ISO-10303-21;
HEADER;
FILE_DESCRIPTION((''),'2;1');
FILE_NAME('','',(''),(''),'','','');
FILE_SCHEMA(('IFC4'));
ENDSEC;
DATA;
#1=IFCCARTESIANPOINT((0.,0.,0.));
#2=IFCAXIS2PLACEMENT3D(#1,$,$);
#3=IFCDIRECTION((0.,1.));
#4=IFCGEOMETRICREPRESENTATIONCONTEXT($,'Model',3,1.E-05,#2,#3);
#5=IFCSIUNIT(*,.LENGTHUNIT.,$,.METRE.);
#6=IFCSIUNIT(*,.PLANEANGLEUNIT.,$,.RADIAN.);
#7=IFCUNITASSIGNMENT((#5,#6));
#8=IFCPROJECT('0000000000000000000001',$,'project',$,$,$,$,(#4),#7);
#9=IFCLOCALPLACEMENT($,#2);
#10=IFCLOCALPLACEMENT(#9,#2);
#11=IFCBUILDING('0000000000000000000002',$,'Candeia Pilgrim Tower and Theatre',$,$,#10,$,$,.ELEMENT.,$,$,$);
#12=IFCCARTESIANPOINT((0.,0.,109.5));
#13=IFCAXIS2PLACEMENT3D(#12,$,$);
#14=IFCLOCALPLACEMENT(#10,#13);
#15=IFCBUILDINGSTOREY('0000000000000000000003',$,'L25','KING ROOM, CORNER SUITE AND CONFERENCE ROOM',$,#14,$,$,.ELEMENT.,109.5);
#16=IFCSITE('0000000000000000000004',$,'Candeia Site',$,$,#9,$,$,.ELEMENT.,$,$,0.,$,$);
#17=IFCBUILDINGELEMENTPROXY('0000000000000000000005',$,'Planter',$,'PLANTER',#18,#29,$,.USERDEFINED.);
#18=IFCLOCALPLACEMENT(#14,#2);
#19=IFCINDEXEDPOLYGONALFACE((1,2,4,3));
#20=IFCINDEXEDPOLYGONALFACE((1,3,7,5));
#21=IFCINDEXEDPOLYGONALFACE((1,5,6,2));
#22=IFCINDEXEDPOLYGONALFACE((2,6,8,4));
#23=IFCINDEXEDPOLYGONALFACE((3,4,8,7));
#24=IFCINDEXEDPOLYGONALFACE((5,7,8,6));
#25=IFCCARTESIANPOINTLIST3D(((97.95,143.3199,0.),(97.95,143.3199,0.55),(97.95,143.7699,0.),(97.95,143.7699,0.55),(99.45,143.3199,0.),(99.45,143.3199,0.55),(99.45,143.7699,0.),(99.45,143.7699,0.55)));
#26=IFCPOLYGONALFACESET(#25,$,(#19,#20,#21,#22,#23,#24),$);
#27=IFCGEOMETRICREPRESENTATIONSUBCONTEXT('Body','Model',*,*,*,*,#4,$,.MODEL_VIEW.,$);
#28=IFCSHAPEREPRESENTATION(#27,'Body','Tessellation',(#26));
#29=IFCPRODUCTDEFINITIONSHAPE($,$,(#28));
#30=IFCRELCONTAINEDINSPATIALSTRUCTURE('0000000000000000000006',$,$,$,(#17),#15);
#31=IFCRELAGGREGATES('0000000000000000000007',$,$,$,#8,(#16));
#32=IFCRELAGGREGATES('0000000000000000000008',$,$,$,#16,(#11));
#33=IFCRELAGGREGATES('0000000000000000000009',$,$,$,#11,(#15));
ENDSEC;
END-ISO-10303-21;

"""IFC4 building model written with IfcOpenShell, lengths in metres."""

from ifc_helpers import new_model, si_unit, direction, frame, origin, origin_2d, place, context, subcontext, project, spatial, rectangle, extrude, element, save


model = new_model("IFC4")

# Units and contexts
model_context = context("Model", 3, precision=1e-05, world=origin(), true_north=direction((0.0, 1.0)))
body_context = subcontext(model_context, "Body", "Model", "MODEL_VIEW")
ifc_project = project(units=[si_unit("LENGTHUNIT", "METRE"), si_unit("PLANEANGLEUNIT", "RADIAN")], contexts=[model_context])

# Site, building, storey
site_placement = place(None, origin())
site = spatial("IfcSite", under=ifc_project, at=site_placement, Name="Candeia Site", CompositionType="ELEMENT", RefElevation=0.0)
building_placement = place(site_placement, origin())
building = spatial("IfcBuilding", under=site, at=building_placement, Name="Candeia Pilgrim Tower and Theatre", CompositionType="ELEMENT")
storey_placement = place(building_placement, frame((0.0, 0.0, 109.5)))
storey = spatial("IfcBuildingStorey", under=building, at=storey_placement, Name="L25", Description="KING ROOM, CORNER SUITE AND CONFERENCE ROOM", CompositionType="ELEMENT", Elevation=109.5)

# Building element proxy
proxy_placement = place(storey_placement, frame((98.7, 143.5449, 0.0), z_axis=(0.0, 0.0, 1.0), x_axis=(-1.0, 0.0, 0.0)))
element("IfcBuildingElementProxy", 1, at=proxy_placement, inside=storey, Name="Planter", ObjectType="PLANTER", PredefinedType="USERDEFINED", context=body_context, shape_type="SweptSolid", body=[
    extrude(rectangle(XDim=1.5, YDim=0.45, at=origin_2d()), origin(), (0.0, 0.0, 1.0), 0.55),
])

save(model, "model.ifc")
